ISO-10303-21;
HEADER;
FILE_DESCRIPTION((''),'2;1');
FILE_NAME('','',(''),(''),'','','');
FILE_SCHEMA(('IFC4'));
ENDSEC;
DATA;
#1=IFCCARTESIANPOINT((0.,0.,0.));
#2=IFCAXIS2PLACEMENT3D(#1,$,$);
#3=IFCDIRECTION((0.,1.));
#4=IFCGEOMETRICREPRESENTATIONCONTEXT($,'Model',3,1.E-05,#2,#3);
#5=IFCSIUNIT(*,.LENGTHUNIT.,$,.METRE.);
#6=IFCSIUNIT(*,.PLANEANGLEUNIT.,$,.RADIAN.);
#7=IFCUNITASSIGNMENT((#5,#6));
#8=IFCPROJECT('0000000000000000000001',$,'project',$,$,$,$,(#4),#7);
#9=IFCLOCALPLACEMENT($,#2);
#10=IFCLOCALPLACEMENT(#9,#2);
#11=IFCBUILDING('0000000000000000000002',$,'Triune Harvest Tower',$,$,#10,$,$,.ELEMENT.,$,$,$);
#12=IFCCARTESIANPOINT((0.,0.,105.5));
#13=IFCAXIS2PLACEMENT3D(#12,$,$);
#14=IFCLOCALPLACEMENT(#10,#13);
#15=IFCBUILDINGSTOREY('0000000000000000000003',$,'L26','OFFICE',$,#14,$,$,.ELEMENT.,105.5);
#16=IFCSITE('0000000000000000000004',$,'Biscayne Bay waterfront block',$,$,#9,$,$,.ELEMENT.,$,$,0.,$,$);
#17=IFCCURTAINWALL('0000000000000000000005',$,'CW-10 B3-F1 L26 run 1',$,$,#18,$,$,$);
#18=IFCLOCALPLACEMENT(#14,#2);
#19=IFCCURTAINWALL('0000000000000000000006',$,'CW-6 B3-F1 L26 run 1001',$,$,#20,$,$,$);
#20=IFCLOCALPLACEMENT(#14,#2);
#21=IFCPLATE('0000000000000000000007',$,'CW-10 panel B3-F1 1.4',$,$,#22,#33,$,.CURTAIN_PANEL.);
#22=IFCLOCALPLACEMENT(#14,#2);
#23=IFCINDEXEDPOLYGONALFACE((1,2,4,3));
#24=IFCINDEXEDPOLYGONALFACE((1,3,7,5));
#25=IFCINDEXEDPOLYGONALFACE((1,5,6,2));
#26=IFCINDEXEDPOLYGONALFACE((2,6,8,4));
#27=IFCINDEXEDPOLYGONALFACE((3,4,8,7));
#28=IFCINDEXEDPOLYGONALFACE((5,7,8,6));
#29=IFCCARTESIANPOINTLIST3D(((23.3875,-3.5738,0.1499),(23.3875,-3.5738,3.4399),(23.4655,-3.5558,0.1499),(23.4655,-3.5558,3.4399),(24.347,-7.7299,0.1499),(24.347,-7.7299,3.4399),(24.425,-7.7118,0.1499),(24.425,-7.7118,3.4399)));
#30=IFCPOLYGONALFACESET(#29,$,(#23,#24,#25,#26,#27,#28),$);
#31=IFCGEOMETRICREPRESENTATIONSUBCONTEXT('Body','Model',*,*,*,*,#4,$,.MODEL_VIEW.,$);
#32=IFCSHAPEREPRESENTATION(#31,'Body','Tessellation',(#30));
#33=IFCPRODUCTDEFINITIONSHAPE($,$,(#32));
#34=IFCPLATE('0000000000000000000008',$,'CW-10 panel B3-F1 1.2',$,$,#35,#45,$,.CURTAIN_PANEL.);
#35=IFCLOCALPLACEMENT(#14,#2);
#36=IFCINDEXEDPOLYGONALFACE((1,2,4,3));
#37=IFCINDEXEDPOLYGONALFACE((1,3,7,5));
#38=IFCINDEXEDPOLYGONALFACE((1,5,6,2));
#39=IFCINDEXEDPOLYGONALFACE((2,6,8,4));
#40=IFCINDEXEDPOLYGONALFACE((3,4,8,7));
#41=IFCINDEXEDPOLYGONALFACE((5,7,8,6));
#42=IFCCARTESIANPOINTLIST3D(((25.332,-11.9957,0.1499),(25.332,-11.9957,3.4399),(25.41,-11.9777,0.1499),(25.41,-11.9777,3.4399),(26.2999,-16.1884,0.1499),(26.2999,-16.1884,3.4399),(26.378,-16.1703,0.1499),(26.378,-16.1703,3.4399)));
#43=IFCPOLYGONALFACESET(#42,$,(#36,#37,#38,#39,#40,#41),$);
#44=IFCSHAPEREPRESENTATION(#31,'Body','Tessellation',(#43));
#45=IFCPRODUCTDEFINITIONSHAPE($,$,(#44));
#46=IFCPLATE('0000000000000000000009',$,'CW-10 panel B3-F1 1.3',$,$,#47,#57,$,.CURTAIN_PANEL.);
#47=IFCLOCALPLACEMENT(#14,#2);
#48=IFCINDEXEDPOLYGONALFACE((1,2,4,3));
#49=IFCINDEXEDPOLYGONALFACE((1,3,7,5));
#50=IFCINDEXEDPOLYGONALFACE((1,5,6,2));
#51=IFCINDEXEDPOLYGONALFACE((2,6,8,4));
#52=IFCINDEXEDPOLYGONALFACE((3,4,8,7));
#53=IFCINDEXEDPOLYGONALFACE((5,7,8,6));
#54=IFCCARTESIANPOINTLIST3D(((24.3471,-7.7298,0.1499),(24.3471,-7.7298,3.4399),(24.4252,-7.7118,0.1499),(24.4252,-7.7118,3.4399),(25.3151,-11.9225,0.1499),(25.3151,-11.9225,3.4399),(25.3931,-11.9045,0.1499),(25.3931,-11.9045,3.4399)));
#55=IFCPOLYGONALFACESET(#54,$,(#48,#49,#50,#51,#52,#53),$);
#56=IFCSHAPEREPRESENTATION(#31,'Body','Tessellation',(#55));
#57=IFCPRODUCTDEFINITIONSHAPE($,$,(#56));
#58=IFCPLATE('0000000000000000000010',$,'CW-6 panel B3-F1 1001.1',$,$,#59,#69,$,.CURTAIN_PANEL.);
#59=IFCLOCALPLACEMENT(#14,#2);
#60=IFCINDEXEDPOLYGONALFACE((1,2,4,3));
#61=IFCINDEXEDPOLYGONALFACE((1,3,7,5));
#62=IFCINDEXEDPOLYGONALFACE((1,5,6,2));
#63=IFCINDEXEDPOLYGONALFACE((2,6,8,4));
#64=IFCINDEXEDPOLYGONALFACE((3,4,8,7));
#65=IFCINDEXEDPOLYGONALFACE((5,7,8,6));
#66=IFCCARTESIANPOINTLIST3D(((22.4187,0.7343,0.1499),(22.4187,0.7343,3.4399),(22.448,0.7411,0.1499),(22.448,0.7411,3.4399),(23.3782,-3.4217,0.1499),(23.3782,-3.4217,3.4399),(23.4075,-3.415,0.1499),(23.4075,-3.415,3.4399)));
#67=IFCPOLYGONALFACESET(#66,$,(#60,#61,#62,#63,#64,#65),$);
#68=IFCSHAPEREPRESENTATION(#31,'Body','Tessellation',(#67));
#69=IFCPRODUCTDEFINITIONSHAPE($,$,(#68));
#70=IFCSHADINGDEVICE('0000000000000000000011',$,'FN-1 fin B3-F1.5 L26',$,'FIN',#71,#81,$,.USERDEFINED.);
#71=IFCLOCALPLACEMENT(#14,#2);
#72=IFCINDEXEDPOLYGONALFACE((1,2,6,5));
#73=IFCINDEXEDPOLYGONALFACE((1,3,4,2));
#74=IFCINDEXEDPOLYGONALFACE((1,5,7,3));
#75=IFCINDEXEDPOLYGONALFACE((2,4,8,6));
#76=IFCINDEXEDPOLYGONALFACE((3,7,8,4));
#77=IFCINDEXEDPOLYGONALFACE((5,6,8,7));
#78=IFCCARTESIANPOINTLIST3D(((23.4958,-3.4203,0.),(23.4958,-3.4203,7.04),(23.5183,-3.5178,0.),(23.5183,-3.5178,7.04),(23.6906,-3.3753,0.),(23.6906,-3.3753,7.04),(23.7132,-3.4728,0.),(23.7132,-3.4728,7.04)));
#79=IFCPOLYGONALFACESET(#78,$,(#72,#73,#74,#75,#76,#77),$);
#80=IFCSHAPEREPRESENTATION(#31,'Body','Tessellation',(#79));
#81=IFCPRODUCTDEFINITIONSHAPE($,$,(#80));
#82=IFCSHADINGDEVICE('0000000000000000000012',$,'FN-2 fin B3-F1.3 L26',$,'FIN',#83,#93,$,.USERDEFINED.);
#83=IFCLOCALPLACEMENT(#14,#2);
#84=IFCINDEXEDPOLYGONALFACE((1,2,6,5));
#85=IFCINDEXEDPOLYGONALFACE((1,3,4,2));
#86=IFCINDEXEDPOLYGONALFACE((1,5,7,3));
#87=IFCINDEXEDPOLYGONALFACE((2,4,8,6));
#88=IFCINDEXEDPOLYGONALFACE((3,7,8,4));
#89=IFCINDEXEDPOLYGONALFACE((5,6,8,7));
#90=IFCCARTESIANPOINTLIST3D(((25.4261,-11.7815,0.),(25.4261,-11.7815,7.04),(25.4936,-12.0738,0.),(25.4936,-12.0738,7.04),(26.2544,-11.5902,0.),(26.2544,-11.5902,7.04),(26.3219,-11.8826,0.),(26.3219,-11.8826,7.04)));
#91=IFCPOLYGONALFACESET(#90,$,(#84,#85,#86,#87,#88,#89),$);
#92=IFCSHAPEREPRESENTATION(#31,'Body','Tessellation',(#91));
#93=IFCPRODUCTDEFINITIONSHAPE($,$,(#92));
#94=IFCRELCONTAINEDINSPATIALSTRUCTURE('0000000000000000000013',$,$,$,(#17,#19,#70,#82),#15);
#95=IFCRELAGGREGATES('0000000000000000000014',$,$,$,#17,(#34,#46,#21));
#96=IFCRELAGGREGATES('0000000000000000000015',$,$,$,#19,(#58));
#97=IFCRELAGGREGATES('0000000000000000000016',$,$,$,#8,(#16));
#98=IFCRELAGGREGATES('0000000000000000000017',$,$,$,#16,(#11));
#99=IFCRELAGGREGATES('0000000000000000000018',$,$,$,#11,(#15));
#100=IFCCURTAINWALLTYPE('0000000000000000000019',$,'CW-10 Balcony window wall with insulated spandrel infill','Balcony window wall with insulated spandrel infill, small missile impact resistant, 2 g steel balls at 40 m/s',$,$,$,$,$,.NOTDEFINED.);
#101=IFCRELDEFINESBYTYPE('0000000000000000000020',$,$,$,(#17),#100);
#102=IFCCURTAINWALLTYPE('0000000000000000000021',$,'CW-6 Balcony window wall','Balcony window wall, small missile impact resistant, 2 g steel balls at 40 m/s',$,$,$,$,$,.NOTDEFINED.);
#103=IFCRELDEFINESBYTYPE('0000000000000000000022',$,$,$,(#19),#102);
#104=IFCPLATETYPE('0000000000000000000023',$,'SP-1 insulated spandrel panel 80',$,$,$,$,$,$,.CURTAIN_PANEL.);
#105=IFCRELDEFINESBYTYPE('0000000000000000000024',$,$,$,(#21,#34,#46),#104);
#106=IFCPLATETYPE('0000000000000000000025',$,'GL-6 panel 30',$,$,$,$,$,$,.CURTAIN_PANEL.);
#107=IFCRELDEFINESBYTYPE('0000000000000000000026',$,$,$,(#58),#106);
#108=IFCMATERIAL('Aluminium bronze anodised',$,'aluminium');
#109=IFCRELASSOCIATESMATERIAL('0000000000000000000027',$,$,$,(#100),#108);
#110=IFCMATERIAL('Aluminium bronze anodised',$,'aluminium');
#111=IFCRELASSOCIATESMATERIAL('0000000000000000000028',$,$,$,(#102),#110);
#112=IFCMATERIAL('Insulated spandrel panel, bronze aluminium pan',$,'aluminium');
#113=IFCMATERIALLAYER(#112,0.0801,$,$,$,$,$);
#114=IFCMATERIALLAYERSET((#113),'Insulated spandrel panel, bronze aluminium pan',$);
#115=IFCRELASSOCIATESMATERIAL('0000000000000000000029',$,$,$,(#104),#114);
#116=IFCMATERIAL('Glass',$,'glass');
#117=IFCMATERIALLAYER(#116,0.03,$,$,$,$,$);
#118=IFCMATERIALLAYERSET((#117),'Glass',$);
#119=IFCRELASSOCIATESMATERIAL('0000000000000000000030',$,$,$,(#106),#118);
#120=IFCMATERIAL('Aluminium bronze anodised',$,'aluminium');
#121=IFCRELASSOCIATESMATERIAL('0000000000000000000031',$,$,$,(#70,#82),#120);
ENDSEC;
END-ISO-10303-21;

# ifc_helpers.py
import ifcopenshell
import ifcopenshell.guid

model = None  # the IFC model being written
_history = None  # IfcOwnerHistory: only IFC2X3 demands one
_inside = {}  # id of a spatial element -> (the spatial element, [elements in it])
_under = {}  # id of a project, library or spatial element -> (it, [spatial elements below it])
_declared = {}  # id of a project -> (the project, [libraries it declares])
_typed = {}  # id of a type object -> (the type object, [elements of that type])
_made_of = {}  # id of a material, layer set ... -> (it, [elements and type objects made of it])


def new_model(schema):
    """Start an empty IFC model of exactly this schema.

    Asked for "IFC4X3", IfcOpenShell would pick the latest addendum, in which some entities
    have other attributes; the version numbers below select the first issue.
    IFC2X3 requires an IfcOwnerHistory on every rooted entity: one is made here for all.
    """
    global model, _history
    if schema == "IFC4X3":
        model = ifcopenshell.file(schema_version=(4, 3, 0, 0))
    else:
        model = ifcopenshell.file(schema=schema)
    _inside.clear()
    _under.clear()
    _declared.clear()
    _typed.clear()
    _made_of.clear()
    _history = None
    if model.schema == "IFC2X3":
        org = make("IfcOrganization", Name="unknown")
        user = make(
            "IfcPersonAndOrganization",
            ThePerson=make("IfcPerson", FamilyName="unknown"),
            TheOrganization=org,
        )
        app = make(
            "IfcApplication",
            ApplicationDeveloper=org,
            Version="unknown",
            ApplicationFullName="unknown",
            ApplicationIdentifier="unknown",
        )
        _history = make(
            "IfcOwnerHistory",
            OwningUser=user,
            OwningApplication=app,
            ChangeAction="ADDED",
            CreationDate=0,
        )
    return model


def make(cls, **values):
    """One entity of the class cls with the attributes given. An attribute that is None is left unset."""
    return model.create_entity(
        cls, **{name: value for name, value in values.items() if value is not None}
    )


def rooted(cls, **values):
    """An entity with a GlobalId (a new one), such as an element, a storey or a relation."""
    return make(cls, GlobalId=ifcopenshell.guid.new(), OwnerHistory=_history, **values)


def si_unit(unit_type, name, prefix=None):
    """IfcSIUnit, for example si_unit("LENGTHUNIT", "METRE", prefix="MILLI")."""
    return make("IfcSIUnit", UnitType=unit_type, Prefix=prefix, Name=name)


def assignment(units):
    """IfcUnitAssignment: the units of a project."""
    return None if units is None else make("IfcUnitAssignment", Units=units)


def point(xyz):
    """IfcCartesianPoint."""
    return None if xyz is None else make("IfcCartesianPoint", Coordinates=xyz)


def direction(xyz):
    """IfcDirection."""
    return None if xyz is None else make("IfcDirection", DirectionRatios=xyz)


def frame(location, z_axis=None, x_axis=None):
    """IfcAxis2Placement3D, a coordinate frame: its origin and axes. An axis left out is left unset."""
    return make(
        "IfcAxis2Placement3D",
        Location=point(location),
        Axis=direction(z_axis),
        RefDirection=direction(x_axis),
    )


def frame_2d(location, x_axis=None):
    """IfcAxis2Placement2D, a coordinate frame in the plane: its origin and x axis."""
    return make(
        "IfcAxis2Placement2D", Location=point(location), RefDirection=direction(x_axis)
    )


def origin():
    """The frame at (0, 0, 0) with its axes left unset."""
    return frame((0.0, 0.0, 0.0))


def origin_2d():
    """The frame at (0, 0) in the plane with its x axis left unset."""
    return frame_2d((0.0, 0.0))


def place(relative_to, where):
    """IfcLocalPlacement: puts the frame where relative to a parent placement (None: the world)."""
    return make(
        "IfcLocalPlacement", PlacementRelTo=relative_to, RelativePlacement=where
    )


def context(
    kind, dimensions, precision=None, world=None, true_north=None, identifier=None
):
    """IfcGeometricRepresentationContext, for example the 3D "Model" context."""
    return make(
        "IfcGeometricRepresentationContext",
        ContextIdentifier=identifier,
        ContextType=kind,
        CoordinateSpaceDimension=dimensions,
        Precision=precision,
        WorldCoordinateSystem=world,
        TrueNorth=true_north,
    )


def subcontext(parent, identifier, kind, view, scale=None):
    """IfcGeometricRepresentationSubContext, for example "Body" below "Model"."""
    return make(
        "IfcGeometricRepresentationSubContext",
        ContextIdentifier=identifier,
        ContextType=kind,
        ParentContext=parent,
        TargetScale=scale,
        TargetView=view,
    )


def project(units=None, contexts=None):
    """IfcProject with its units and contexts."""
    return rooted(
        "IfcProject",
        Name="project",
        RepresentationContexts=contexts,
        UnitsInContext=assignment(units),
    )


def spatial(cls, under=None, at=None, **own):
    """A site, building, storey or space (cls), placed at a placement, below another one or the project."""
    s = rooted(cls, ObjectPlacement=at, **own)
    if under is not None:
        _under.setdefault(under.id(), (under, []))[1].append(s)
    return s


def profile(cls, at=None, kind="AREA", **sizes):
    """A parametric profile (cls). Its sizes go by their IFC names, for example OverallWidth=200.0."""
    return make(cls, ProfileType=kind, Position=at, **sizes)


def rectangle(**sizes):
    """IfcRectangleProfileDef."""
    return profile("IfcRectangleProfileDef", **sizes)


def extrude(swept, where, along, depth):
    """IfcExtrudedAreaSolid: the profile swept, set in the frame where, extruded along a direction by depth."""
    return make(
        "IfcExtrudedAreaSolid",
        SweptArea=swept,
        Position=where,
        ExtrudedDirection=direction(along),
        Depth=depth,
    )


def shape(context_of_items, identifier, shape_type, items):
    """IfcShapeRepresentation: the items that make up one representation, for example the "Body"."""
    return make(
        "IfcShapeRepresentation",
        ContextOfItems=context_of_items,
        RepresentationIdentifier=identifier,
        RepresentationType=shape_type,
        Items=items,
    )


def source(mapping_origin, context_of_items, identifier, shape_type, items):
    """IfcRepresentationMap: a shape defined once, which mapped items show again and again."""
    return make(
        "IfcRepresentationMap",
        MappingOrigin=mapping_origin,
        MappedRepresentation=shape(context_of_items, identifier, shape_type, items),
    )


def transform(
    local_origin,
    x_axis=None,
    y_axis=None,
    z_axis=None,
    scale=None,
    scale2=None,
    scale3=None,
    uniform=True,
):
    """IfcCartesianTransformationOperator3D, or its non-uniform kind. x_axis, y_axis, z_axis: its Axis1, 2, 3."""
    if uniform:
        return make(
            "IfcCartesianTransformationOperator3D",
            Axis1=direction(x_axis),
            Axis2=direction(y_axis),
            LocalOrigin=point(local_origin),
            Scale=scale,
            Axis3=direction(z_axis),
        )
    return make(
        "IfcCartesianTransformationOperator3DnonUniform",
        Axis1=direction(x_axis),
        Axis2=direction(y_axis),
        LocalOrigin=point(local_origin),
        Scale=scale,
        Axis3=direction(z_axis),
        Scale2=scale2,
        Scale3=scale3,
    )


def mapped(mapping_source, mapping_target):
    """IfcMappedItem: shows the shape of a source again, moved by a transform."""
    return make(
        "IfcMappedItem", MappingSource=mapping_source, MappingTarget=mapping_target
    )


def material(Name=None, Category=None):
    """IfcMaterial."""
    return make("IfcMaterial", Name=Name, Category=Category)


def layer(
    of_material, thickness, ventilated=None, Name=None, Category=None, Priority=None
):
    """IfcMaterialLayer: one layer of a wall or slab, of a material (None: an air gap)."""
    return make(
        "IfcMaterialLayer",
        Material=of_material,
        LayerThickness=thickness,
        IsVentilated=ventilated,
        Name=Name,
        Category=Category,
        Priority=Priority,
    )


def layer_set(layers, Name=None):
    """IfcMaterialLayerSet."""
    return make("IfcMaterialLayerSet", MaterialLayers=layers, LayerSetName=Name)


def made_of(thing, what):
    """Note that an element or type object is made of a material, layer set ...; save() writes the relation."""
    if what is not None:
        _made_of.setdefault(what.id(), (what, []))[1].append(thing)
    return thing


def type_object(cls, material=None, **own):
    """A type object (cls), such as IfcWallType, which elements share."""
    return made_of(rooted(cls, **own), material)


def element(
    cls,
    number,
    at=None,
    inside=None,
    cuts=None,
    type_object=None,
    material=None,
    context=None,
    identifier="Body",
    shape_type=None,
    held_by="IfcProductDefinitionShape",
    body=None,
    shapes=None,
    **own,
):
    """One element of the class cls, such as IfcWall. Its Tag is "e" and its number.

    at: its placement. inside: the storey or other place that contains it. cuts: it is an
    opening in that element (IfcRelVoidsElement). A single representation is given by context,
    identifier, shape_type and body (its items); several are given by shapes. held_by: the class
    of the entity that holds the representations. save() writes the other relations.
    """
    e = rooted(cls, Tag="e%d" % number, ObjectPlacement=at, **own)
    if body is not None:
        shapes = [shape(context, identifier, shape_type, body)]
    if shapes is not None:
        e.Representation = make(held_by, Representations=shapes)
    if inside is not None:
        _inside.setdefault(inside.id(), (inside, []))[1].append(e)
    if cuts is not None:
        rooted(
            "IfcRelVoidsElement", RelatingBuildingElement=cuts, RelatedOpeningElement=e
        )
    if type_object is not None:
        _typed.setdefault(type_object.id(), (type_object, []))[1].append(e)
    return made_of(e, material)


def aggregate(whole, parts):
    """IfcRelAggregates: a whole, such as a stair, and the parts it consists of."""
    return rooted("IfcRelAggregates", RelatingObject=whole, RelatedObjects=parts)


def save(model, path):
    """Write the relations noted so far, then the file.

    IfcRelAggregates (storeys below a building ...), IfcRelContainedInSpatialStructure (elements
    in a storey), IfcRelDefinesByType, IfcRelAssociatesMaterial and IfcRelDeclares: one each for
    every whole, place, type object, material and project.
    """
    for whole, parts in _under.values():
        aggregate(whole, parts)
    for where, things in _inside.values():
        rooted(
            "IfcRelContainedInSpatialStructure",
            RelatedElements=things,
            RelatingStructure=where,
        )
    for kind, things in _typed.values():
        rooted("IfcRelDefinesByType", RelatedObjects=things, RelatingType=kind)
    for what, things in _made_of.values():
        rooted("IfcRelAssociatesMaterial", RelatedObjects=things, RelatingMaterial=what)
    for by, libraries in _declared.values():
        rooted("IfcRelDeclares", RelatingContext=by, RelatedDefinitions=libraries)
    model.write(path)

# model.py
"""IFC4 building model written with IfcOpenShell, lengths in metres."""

from ifc_helpers import new_model, si_unit, direction, frame, origin, origin_2d, place, context, subcontext, project, spatial, rectangle, extrude, source, transform, mapped, material, layer, layer_set, type_object, element, aggregate, save


model = new_model("IFC4")

# Units and contexts
model_context = context("Model", 3, precision=1e-05, world=origin(), true_north=direction((0.0, 1.0)))
body_context = subcontext(model_context, "Body", "Model", "MODEL_VIEW")
ifc_project = project(units=[si_unit("LENGTHUNIT", "METRE"), si_unit("PLANEANGLEUNIT", "RADIAN")], contexts=[model_context])

# Site, building, storey
site_placement = place(None, origin())
site = spatial("IfcSite", under=ifc_project, at=site_placement, Name="Biscayne Bay waterfront block", CompositionType="ELEMENT", RefElevation=0.0)
building_placement = place(site_placement, origin())
building = spatial("IfcBuilding", under=site, at=building_placement, Name="Triune Harvest Tower", CompositionType="ELEMENT")
storey_placement = place(building_placement, frame((0.0, 0.0, 105.5)))
storey = spatial("IfcBuildingStorey", under=building, at=storey_placement, Name="L26", Description="OFFICE", CompositionType="ELEMENT", Elevation=105.5)

# Curtain wall
ifc_material_1 = material(Name="Aluminium bronze anodised", Category="aluminium")
curtain_wall_type_1 = type_object("IfcCurtainWallType", Name="CW-10 Balcony window wall with insulated spandrel infill", Description="Balcony window wall with insulated spandrel infill, small missile impact resistant, 2 g steel balls at 40 m/s", PredefinedType="NOTDEFINED", material=ifc_material_1)
curtain_wall_1_placement = place(storey_placement, origin())
curtain_wall_1 = element("IfcCurtainWall", 1, at=curtain_wall_1_placement, inside=storey, type_object=curtain_wall_type_1, Name="CW-10 B3-F1 L26 run 1")

# Curtain wall
ifc_material_2 = material(Name="Aluminium bronze anodised", Category="aluminium")
curtain_wall_type_2 = type_object("IfcCurtainWallType", Name="CW-6 Balcony window wall", Description="Balcony window wall, small missile impact resistant, 2 g steel balls at 40 m/s", PredefinedType="NOTDEFINED", material=ifc_material_2)
curtain_wall_2_placement = place(storey_placement, origin())
curtain_wall_2 = element("IfcCurtainWall", 2, at=curtain_wall_2_placement, inside=storey, type_object=curtain_wall_type_2, Name="CW-6 B3-F1 L26 run 1001")

# Plates
ifc_material_3 = material(Name="Insulated spandrel panel, bronze aluminium pan", Category="aluminium")
ifc_layer_1 = layer(ifc_material_3, 0.0801)
ifc_layer_set_1 = layer_set([ifc_layer_1], Name="Insulated spandrel panel, bronze aluminium pan")
plate_type_1 = type_object("IfcPlateType", Name="SP-1 insulated spandrel panel 80", PredefinedType="CURTAIN_PANEL", material=ifc_layer_set_1)
shared_shape_1 = source(origin(), body_context, "Body", "SweptSolid", [
    extrude(rectangle(XDim=4.2654, YDim=0.0801, at=origin_2d()), origin(), (0.0, 0.0, 1.0), 3.29),
])
plate_1_placement = place(storey_placement, frame((23.9062, -5.6428, 0.1499), z_axis=(0.0, 0.0, 1.0), x_axis=(-0.224949, 0.974371, 0.0)))
plate_1 = element("IfcPlate", 3, at=plate_1_placement, type_object=plate_type_1, Name="CW-10 panel B3-F1 1.4", PredefinedType="CURTAIN_PANEL", context=body_context, shape_type="MappedRepresentation", body=[
    mapped(shared_shape_1, transform((0.0, 0.0, 0.0), scale=1.0)),
])
shared_shape_2 = source(origin(), body_context, "Body", "SweptSolid", [
    extrude(rectangle(XDim=4.303, YDim=0.0801, at=origin_2d()), origin(), (0.0, 0.0, 1.0), 3.29),
])
plate_2_placement = place(storey_placement, frame((25.855, -14.083, 0.1499), z_axis=(0.0, 0.0, 1.0), x_axis=(-0.224949, 0.974371, 0.0)))
plate_2 = element("IfcPlate", 4, at=plate_2_placement, type_object=plate_type_1, Name="CW-10 panel B3-F1 1.2", PredefinedType="CURTAIN_PANEL", context=body_context, shape_type="MappedRepresentation", body=[
    mapped(shared_shape_2, transform((0.0, 0.0, 0.0), scale=1.0)),
])
plate_3_placement = place(storey_placement, frame((24.8701, -9.8171, 0.1499), z_axis=(0.0, 0.0, 1.0), x_axis=(-0.224949, 0.974371, 0.0)))
plate_3 = element("IfcPlate", 5, at=plate_3_placement, type_object=plate_type_1, Name="CW-10 panel B3-F1 1.3", PredefinedType="CURTAIN_PANEL", context=body_context, shape_type="MappedRepresentation", body=[
    mapped(shared_shape_2, transform((0.0, 0.0, 0.0), scale=1.0)),
])
aggregate(curtain_wall_1, [plate_2, plate_3, plate_1])
ifc_material_4 = material(Name="Glass", Category="glass")
ifc_layer_2 = layer(ifc_material_4, 0.03)
ifc_layer_set_2 = layer_set([ifc_layer_2], Name="Glass")
plate_type_2 = type_object("IfcPlateType", Name="GL-6 panel 30", PredefinedType="CURTAIN_PANEL", material=ifc_layer_set_2)
shared_shape_3 = source(origin(), body_context, "Body", "SweptSolid", [
    extrude(rectangle(XDim=4.2654, YDim=0.03, at=origin_2d()), origin(), (0.0, 0.0, 1.0), 3.29),
])
plate_4_placement = place(storey_placement, frame((22.9131, -1.3403, 0.1499), z_axis=(0.0, 0.0, 1.0), x_axis=(-0.224955, 0.974369, 0.0)))
plate_4 = element("IfcPlate", 6, at=plate_4_placement, type_object=plate_type_2, Name="CW-6 panel B3-F1 1001.1", PredefinedType="CURTAIN_PANEL", context=body_context, shape_type="MappedRepresentation", body=[
    mapped(shared_shape_3, transform((0.0, 0.0, 0.0), scale=1.0)),
])
aggregate(curtain_wall_2, [plate_4])

# Shading devices
ifc_material_5 = material(Name="Aluminium bronze anodised", Category="aluminium")
shared_shape_4 = source(origin(), body_context, "Body", "SweptSolid", [
    extrude(rectangle(XDim=0.1001, YDim=0.2, at=origin_2d()), origin(), (0.0, 0.0, 1.0), 7.04),
])
shading_device_1_placement = place(storey_placement, frame((23.6045, -3.4465, 0.0), z_axis=(0.0, 0.0, 1.0), x_axis=(-0.224951, 0.97437, 0.0)))
element("IfcShadingDevice", 7, at=shading_device_1_placement, inside=storey, material=ifc_material_5, Name="FN-1 fin B3-F1.5 L26", ObjectType="FIN", PredefinedType="USERDEFINED", context=body_context, shape_type="MappedRepresentation", body=[
    mapped(shared_shape_4, transform((0.0, 0.0, 0.0), scale=1.0)),
])
shared_shape_5 = source(origin(), body_context, "Body", "SweptSolid", [
    extrude(rectangle(XDim=0.3, YDim=0.8501, at=origin_2d()), origin(), (0.0, 0.0, 1.0), 7.04),
])
shading_device_2_placement = place(storey_placement, frame((25.874, -11.832, 0.0), z_axis=(0.0, 0.0, 1.0), x_axis=(-0.224951, 0.97437, 0.0)))
element("IfcShadingDevice", 8, at=shading_device_2_placement, inside=storey, material=ifc_material_5, Name="FN-2 fin B3-F1.3 L26", ObjectType="FIN", PredefinedType="USERDEFINED", context=body_context, shape_type="MappedRepresentation", body=[
    mapped(shared_shape_5, transform((0.0, 0.0, 0.0), scale=1.0)),
])

save(model, "model.ifc")
